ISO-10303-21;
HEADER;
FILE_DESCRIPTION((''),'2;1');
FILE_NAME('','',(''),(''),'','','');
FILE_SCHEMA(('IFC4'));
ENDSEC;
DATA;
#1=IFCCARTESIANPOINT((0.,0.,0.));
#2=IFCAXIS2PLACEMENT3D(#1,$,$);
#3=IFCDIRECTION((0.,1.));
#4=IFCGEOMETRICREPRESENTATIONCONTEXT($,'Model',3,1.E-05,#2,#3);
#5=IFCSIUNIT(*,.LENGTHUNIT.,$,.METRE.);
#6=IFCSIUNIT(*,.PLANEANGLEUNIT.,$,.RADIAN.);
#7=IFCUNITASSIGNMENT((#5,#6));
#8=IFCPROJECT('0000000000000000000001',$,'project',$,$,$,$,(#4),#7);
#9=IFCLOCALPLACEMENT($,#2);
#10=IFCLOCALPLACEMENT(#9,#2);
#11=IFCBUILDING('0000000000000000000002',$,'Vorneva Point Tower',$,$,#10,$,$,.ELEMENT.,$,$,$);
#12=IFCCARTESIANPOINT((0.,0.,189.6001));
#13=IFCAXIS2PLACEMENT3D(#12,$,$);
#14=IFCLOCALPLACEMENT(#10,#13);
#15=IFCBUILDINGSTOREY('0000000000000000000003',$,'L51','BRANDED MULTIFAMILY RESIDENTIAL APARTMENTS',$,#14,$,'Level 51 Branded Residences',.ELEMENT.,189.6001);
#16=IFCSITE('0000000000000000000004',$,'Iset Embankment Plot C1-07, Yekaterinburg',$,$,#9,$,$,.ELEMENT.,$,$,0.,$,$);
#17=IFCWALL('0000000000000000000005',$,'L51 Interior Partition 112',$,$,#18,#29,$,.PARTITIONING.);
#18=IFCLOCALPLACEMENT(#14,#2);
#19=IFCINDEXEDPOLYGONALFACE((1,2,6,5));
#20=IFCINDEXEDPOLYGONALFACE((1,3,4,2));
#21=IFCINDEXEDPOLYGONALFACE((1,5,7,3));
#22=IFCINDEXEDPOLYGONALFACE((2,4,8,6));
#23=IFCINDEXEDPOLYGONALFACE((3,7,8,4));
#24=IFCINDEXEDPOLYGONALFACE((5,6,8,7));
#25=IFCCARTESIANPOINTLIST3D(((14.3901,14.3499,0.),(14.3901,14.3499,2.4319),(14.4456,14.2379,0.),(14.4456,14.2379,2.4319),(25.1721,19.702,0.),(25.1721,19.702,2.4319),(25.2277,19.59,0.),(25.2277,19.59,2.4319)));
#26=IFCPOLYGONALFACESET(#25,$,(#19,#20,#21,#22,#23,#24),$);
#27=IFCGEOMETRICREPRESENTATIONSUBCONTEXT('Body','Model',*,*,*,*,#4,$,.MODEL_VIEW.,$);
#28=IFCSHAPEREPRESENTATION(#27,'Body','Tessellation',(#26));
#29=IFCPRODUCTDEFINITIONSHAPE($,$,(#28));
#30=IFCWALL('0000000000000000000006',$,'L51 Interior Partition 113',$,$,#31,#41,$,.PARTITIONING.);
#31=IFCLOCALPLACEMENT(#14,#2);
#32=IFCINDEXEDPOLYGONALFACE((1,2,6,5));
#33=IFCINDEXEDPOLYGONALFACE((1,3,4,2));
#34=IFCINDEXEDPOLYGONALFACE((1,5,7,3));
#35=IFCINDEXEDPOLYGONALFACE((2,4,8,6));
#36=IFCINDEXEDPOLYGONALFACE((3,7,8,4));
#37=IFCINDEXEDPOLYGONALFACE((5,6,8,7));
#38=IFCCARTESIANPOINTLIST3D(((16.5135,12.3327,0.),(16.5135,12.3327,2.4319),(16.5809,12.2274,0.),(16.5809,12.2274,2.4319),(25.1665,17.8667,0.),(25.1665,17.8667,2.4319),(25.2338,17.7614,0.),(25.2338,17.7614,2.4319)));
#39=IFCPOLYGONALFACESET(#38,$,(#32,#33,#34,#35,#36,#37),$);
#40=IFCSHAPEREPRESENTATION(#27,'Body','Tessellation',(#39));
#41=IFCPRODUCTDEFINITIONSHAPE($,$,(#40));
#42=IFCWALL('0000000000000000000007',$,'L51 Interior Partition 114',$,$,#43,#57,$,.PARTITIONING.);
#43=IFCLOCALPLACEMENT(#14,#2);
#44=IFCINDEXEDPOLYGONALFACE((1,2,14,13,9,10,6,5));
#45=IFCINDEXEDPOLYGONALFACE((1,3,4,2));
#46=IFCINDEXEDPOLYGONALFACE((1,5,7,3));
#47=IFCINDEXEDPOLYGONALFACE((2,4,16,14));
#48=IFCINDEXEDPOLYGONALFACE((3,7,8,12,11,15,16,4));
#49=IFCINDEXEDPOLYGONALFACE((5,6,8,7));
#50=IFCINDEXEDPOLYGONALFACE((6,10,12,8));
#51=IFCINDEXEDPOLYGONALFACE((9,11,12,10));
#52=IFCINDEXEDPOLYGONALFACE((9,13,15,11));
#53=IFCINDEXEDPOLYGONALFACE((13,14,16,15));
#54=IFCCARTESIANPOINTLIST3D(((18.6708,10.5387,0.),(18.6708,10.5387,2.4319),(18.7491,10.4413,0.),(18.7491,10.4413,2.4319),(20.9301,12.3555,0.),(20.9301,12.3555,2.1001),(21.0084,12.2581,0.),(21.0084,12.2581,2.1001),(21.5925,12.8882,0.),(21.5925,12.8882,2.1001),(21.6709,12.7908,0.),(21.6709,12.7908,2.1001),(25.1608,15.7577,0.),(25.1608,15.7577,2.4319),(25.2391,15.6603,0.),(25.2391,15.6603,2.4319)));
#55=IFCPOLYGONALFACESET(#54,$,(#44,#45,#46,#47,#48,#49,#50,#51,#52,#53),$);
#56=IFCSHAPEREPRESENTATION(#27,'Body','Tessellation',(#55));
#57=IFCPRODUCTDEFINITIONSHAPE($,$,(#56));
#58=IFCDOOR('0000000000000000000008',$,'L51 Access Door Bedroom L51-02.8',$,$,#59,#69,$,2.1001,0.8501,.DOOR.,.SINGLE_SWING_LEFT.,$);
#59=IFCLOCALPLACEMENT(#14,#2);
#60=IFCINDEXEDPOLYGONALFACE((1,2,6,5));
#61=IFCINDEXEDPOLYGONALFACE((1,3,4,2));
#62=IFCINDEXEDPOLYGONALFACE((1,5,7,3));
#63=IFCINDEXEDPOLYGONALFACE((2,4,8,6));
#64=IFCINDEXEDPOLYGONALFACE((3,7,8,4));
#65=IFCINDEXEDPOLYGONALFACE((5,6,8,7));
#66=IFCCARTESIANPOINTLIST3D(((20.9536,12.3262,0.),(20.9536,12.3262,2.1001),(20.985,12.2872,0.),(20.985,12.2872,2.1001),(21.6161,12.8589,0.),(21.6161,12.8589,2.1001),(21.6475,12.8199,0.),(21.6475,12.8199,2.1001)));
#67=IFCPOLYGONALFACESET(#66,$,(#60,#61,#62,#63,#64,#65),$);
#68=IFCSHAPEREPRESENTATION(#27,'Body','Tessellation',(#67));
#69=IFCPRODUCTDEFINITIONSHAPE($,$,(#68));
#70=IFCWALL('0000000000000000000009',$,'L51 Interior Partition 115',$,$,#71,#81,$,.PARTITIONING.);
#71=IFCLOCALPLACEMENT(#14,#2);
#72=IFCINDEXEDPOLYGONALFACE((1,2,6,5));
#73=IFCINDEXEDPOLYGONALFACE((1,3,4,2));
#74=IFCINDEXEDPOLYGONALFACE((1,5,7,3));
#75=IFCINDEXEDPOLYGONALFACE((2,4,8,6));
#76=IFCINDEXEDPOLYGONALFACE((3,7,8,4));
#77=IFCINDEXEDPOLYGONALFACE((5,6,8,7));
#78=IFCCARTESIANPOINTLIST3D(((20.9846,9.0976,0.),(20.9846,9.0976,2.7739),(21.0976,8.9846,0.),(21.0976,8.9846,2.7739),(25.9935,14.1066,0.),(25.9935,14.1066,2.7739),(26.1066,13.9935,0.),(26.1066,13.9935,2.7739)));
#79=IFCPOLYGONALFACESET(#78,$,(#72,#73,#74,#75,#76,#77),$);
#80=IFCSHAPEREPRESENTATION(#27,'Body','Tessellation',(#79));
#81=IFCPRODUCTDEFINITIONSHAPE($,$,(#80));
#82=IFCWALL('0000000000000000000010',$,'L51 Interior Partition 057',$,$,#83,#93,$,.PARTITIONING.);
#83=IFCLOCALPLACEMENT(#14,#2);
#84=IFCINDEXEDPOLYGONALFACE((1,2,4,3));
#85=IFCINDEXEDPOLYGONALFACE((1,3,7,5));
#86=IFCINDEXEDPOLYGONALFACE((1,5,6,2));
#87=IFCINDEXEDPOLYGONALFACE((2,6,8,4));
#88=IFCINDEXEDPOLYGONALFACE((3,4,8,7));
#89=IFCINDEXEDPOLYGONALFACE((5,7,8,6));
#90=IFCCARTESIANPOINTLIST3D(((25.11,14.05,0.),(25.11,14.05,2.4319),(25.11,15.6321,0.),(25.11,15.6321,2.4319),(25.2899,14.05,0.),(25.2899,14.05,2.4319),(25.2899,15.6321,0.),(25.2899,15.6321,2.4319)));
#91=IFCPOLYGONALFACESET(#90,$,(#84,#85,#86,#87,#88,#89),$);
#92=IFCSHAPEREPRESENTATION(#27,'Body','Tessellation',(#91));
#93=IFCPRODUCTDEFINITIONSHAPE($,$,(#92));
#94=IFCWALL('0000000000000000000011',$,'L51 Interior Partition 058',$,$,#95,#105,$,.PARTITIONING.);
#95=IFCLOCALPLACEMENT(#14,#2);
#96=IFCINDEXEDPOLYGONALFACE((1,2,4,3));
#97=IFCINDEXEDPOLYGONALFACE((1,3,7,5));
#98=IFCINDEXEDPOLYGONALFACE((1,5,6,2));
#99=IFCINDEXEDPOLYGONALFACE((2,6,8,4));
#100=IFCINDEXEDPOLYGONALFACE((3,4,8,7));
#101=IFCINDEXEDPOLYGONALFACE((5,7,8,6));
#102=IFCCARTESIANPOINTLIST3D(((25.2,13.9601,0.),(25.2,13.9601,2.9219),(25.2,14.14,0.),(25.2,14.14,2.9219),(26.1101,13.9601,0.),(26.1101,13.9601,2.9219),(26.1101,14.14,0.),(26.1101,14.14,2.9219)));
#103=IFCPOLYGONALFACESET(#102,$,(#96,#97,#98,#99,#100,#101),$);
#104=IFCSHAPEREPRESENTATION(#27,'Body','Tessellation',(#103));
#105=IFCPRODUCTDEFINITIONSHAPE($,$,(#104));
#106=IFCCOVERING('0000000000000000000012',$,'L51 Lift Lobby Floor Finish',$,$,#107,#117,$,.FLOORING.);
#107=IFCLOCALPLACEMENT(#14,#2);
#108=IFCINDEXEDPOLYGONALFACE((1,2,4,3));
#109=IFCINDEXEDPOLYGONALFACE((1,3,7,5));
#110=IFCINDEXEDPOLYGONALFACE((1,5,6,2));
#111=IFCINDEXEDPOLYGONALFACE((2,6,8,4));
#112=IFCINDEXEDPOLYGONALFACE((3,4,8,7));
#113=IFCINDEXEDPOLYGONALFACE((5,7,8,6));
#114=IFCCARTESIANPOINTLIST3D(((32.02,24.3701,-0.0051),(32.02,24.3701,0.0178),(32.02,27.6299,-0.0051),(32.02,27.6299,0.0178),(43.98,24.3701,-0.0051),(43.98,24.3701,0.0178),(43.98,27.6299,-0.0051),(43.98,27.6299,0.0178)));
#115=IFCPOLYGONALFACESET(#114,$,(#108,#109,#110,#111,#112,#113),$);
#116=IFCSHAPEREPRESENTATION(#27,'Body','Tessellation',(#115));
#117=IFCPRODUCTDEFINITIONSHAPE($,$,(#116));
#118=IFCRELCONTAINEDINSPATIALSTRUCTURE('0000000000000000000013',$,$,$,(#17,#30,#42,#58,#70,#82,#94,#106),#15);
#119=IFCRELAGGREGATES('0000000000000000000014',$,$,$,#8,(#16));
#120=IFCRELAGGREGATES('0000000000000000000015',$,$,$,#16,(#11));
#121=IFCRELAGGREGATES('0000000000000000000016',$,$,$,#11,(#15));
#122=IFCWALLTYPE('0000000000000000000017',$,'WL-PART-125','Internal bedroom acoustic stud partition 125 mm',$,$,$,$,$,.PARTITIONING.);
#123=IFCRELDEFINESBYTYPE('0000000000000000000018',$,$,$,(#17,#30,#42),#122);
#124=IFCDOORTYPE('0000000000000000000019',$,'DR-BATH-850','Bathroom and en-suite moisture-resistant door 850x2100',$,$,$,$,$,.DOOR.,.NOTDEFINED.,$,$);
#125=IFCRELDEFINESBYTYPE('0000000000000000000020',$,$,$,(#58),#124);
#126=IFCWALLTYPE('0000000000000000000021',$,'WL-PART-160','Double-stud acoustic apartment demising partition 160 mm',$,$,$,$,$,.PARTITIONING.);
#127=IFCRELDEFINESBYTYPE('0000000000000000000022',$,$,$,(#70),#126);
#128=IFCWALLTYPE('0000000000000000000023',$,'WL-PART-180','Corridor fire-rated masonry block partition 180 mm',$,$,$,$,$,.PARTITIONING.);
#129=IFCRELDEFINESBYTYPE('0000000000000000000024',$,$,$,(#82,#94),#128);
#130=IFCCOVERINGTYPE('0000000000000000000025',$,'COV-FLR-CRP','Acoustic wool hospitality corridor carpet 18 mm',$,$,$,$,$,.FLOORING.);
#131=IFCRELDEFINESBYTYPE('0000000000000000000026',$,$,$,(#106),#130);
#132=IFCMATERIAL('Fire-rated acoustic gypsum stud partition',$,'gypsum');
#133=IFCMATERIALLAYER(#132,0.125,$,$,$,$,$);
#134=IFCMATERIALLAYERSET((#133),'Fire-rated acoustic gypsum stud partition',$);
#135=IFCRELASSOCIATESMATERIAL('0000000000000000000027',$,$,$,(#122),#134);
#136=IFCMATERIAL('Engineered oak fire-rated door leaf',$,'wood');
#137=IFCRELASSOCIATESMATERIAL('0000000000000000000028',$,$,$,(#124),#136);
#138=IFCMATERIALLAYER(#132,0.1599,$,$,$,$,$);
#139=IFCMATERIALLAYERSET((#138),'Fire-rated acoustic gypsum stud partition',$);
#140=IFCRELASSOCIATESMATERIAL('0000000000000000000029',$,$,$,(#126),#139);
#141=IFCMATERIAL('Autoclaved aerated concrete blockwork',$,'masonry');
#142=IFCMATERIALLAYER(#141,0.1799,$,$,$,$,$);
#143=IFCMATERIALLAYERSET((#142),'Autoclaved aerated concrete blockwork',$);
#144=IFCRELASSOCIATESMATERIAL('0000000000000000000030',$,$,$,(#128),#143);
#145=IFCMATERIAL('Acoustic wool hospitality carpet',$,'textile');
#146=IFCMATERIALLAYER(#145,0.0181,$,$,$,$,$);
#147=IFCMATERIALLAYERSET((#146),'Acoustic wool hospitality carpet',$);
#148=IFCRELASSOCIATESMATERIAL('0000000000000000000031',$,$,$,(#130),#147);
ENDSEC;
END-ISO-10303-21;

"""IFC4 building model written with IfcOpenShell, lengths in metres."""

from ifc_helpers import new_model, si_unit, direction, frame, frame_2d, origin, place, context, subcontext, project, spatial, polyline, rectangle, outline, extrude, material, layer, layer_set, type_object, element, fill, save


model = new_model("IFC4")

# Units and contexts
model_context = context("Model", 3, precision=1e-05, world=origin(), true_north=direction((0.0, 1.0)))
body_context = subcontext(model_context, "Body", "Model", "MODEL_VIEW")
ifc_project = project(units=[si_unit("LENGTHUNIT", "METRE"), si_unit("PLANEANGLEUNIT", "RADIAN")], contexts=[model_context])

# Site, building, storey
site_placement = place(None, origin())
site = spatial("IfcSite", under=ifc_project, at=site_placement, Name="Iset Embankment Plot C1-07, Yekaterinburg", CompositionType="ELEMENT", RefElevation=0.0)
building_placement = place(site_placement, origin())
building = spatial("IfcBuilding", under=site, at=building_placement, Name="Vorneva Point Tower", CompositionType="ELEMENT")
storey_placement = place(building_placement, frame((0.0, 0.0, 189.6001)))
storey = spatial("IfcBuildingStorey", under=building, at=storey_placement, Name="L51", Description="BRANDED MULTIFAMILY RESIDENTIAL APARTMENTS", LongName="Level 51 Branded Residences", CompositionType="ELEMENT", Elevation=189.6001)

# Walls
ifc_material_1 = material(Name="Fire-rated acoustic gypsum stud partition", Category="gypsum")
ifc_layer_1 = layer(ifc_material_1, 0.125)
ifc_layer_set_1 = layer_set([ifc_layer_1], Name="Fire-rated acoustic gypsum stud partition")
wall_type_1 = type_object("IfcWallType", Name="WL-PART-125", Description="Internal bedroom acoustic stud partition 125 mm", PredefinedType="PARTITIONING", material=ifc_layer_set_1)
wall_1_placement = place(storey_placement, frame((14.418, 14.2939, 0.0), z_axis=(0.0, 0.0, 1.0), x_axis=(0.895717, 0.444624, 0.0)))
element("IfcWall", 1, at=wall_1_placement, inside=storey, type_object=wall_type_1, Name="L51 Interior Partition 112", PredefinedType="PARTITIONING", context=body_context, shape_type="SweptSolid", body=[
    extrude(rectangle(XDim=12.0374, YDim=0.125, at=frame_2d((6.0186, 0.0))), origin(), (0.0, 0.0, 1.0), 2.4319),
])
wall_2_placement = place(storey_placement, frame((16.5471, 12.28, 0.0), z_axis=(0.0, 0.0, 1.0), x_axis=(0.842443, 0.538786, 0.0)))
element("IfcWall", 2, at=wall_2_placement, inside=storey, type_object=wall_type_1, Name="L51 Interior Partition 113", PredefinedType="PARTITIONING", context=body_context, shape_type="SweptSolid", body=[
    extrude(rectangle(XDim=10.2712, YDim=0.125, at=frame_2d((5.1357, 0.0))), origin(), (0.0, 0.0, 1.0), 2.4319),
])

# Wall, opening, door
wall_3_placement = place(storey_placement, frame((18.71, 10.49, 0.0), z_axis=(0.0, 0.0, 1.0), x_axis=(0.779285, 0.62667, 0.0)))
wall_3 = element("IfcWall", 3, at=wall_3_placement, inside=storey, type_object=wall_type_1, Name="L51 Interior Partition 114", PredefinedType="PARTITIONING", context=body_context, shape_type="SweptSolid", body=[
    extrude(rectangle(XDim=8.3281, YDim=0.125, at=frame_2d((4.1641, 0.0))), origin(), (0.0, 0.0, 1.0), 2.4319),
])
opening_1_placement = place(wall_3_placement, frame((2.8992, 0.0, 0.0)))
opening_1 = element("IfcOpeningElement", 4, at=opening_1_placement, cuts=wall_3, PredefinedType="OPENING", context=body_context, shape_type="SweptSolid", body=[
    extrude(rectangle(XDim=0.8501, YDim=2.1001, at=frame_2d((0.425, 1.05))), frame((0.0, 0.0774, 0.0), z_axis=(0.0, -1.0, 0.0), x_axis=(1.0, 0.0, 0.0)), (0.0, 0.0, 1.0), 0.1548),
])
ifc_material_2 = material(Name="Engineered oak fire-rated door leaf", Category="wood")
door_type = type_object("IfcDoorType", Name="DR-BATH-850", Description="Bathroom and en-suite moisture-resistant door 850x2100", OperationType="NOTDEFINED", PredefinedType="DOOR", material=ifc_material_2)
door_placement = place(opening_1_placement, origin())
door = element("IfcDoor", 5, at=door_placement, inside=storey, type_object=door_type, Name="L51 Access Door Bedroom L51-02.8", OperationType="SINGLE_SWING_LEFT", OverallHeight=2.1001, OverallWidth=0.8501, PredefinedType="DOOR", context=body_context, shape_type="SweptSolid", body=[
    extrude(rectangle(XDim=0.8501, YDim=2.1001, at=frame_2d((0.425, 1.05))), frame((0.0, 0.0249, 0.0), z_axis=(0.0, -1.0, 0.0), x_axis=(1.0, 0.0, 0.0)), (0.0, 0.0, 1.0), 0.05),
])
fill(opening_1, door)

# Walls
ifc_layer_2 = layer(ifc_material_1, 0.1599)
ifc_layer_set_2 = layer_set([ifc_layer_2], Name="Fire-rated acoustic gypsum stud partition")
wall_type_2 = type_object("IfcWallType", Name="WL-PART-160", Description="Double-stud acoustic apartment demising partition 160 mm", PredefinedType="PARTITIONING", material=ifc_layer_set_2)
wall_4_placement = place(storey_placement, frame((21.041, 9.041, 0.0), z_axis=(0.0, 0.0, 1.0), x_axis=(0.707107, 0.707107, 0.0)))
element("IfcWall", 6, at=wall_4_placement, inside=storey, type_object=wall_type_2, Name="L51 Interior Partition 115", PredefinedType="PARTITIONING", context=body_context, shape_type="SweptSolid", body=[
    extrude(rectangle(XDim=7.0837, YDim=0.1599, at=frame_2d((3.542, 0.0))), origin(), (0.0, 0.0, 1.0), 2.7739),
])
ifc_material_3 = material(Name="Autoclaved aerated concrete blockwork", Category="masonry")
ifc_layer_3 = layer(ifc_material_3, 0.1799)
ifc_layer_set_3 = layer_set([ifc_layer_3], Name="Autoclaved aerated concrete blockwork")
wall_type_3 = type_object("IfcWallType", Name="WL-PART-180", Description="Corridor fire-rated masonry block partition 180 mm", PredefinedType="PARTITIONING", material=ifc_layer_set_3)
wall_5_placement = place(storey_placement, frame((25.2, 15.6321, 0.0), z_axis=(0.0, 0.0, 1.0), x_axis=(0.0, -1.0, 0.0)))
element("IfcWall", 7, at=wall_5_placement, inside=storey, type_object=wall_type_3, Name="L51 Interior Partition 057", PredefinedType="PARTITIONING", context=body_context, shape_type="SweptSolid", body=[
    extrude(rectangle(XDim=1.582, YDim=0.1799, at=frame_2d((0.791, 0.0))), origin(), (0.0, 0.0, 1.0), 2.4319),
])
wall_6_placement = place(storey_placement, frame((25.2, 14.05, 0.0), z_axis=(0.0, 0.0, 1.0), x_axis=(1.0, 0.0, 0.0)))
element("IfcWall", 8, at=wall_6_placement, inside=storey, type_object=wall_type_3, Name="L51 Interior Partition 058", PredefinedType="PARTITIONING", context=body_context, shape_type="SweptSolid", body=[
    extrude(rectangle(XDim=0.9102, YDim=0.1799, at=frame_2d((0.4551, 0.0))), origin(), (0.0, 0.0, 1.0), 2.9219),
])

# Covering
ifc_material_4 = material(Name="Acoustic wool hospitality carpet", Category="textile")
ifc_layer_4 = layer(ifc_material_4, 0.0181)
ifc_layer_set_4 = layer_set([ifc_layer_4], Name="Acoustic wool hospitality carpet")
covering_type = type_object("IfcCoveringType", Name="COV-FLR-CRP", Description="Acoustic wool hospitality corridor carpet 18 mm", PredefinedType="FLOORING", material=ifc_layer_set_4)
covering_placement = place(storey_placement, frame((0.0, 0.0, -0.0051)))
element("IfcCovering", 9, at=covering_placement, inside=storey, type_object=covering_type, Name="L51 Lift Lobby Floor Finish", PredefinedType="FLOORING", context=body_context, shape_type="SweptSolid", body=[
    extrude(outline(polyline([(32.02, 24.3701), (43.98, 24.3701), (43.98, 27.6299), (32.02, 27.6299), (32.02, 24.3701)])), origin(), (0.0, 0.0, 1.0), 0.0229),
])

save(model, "model.ifc")
